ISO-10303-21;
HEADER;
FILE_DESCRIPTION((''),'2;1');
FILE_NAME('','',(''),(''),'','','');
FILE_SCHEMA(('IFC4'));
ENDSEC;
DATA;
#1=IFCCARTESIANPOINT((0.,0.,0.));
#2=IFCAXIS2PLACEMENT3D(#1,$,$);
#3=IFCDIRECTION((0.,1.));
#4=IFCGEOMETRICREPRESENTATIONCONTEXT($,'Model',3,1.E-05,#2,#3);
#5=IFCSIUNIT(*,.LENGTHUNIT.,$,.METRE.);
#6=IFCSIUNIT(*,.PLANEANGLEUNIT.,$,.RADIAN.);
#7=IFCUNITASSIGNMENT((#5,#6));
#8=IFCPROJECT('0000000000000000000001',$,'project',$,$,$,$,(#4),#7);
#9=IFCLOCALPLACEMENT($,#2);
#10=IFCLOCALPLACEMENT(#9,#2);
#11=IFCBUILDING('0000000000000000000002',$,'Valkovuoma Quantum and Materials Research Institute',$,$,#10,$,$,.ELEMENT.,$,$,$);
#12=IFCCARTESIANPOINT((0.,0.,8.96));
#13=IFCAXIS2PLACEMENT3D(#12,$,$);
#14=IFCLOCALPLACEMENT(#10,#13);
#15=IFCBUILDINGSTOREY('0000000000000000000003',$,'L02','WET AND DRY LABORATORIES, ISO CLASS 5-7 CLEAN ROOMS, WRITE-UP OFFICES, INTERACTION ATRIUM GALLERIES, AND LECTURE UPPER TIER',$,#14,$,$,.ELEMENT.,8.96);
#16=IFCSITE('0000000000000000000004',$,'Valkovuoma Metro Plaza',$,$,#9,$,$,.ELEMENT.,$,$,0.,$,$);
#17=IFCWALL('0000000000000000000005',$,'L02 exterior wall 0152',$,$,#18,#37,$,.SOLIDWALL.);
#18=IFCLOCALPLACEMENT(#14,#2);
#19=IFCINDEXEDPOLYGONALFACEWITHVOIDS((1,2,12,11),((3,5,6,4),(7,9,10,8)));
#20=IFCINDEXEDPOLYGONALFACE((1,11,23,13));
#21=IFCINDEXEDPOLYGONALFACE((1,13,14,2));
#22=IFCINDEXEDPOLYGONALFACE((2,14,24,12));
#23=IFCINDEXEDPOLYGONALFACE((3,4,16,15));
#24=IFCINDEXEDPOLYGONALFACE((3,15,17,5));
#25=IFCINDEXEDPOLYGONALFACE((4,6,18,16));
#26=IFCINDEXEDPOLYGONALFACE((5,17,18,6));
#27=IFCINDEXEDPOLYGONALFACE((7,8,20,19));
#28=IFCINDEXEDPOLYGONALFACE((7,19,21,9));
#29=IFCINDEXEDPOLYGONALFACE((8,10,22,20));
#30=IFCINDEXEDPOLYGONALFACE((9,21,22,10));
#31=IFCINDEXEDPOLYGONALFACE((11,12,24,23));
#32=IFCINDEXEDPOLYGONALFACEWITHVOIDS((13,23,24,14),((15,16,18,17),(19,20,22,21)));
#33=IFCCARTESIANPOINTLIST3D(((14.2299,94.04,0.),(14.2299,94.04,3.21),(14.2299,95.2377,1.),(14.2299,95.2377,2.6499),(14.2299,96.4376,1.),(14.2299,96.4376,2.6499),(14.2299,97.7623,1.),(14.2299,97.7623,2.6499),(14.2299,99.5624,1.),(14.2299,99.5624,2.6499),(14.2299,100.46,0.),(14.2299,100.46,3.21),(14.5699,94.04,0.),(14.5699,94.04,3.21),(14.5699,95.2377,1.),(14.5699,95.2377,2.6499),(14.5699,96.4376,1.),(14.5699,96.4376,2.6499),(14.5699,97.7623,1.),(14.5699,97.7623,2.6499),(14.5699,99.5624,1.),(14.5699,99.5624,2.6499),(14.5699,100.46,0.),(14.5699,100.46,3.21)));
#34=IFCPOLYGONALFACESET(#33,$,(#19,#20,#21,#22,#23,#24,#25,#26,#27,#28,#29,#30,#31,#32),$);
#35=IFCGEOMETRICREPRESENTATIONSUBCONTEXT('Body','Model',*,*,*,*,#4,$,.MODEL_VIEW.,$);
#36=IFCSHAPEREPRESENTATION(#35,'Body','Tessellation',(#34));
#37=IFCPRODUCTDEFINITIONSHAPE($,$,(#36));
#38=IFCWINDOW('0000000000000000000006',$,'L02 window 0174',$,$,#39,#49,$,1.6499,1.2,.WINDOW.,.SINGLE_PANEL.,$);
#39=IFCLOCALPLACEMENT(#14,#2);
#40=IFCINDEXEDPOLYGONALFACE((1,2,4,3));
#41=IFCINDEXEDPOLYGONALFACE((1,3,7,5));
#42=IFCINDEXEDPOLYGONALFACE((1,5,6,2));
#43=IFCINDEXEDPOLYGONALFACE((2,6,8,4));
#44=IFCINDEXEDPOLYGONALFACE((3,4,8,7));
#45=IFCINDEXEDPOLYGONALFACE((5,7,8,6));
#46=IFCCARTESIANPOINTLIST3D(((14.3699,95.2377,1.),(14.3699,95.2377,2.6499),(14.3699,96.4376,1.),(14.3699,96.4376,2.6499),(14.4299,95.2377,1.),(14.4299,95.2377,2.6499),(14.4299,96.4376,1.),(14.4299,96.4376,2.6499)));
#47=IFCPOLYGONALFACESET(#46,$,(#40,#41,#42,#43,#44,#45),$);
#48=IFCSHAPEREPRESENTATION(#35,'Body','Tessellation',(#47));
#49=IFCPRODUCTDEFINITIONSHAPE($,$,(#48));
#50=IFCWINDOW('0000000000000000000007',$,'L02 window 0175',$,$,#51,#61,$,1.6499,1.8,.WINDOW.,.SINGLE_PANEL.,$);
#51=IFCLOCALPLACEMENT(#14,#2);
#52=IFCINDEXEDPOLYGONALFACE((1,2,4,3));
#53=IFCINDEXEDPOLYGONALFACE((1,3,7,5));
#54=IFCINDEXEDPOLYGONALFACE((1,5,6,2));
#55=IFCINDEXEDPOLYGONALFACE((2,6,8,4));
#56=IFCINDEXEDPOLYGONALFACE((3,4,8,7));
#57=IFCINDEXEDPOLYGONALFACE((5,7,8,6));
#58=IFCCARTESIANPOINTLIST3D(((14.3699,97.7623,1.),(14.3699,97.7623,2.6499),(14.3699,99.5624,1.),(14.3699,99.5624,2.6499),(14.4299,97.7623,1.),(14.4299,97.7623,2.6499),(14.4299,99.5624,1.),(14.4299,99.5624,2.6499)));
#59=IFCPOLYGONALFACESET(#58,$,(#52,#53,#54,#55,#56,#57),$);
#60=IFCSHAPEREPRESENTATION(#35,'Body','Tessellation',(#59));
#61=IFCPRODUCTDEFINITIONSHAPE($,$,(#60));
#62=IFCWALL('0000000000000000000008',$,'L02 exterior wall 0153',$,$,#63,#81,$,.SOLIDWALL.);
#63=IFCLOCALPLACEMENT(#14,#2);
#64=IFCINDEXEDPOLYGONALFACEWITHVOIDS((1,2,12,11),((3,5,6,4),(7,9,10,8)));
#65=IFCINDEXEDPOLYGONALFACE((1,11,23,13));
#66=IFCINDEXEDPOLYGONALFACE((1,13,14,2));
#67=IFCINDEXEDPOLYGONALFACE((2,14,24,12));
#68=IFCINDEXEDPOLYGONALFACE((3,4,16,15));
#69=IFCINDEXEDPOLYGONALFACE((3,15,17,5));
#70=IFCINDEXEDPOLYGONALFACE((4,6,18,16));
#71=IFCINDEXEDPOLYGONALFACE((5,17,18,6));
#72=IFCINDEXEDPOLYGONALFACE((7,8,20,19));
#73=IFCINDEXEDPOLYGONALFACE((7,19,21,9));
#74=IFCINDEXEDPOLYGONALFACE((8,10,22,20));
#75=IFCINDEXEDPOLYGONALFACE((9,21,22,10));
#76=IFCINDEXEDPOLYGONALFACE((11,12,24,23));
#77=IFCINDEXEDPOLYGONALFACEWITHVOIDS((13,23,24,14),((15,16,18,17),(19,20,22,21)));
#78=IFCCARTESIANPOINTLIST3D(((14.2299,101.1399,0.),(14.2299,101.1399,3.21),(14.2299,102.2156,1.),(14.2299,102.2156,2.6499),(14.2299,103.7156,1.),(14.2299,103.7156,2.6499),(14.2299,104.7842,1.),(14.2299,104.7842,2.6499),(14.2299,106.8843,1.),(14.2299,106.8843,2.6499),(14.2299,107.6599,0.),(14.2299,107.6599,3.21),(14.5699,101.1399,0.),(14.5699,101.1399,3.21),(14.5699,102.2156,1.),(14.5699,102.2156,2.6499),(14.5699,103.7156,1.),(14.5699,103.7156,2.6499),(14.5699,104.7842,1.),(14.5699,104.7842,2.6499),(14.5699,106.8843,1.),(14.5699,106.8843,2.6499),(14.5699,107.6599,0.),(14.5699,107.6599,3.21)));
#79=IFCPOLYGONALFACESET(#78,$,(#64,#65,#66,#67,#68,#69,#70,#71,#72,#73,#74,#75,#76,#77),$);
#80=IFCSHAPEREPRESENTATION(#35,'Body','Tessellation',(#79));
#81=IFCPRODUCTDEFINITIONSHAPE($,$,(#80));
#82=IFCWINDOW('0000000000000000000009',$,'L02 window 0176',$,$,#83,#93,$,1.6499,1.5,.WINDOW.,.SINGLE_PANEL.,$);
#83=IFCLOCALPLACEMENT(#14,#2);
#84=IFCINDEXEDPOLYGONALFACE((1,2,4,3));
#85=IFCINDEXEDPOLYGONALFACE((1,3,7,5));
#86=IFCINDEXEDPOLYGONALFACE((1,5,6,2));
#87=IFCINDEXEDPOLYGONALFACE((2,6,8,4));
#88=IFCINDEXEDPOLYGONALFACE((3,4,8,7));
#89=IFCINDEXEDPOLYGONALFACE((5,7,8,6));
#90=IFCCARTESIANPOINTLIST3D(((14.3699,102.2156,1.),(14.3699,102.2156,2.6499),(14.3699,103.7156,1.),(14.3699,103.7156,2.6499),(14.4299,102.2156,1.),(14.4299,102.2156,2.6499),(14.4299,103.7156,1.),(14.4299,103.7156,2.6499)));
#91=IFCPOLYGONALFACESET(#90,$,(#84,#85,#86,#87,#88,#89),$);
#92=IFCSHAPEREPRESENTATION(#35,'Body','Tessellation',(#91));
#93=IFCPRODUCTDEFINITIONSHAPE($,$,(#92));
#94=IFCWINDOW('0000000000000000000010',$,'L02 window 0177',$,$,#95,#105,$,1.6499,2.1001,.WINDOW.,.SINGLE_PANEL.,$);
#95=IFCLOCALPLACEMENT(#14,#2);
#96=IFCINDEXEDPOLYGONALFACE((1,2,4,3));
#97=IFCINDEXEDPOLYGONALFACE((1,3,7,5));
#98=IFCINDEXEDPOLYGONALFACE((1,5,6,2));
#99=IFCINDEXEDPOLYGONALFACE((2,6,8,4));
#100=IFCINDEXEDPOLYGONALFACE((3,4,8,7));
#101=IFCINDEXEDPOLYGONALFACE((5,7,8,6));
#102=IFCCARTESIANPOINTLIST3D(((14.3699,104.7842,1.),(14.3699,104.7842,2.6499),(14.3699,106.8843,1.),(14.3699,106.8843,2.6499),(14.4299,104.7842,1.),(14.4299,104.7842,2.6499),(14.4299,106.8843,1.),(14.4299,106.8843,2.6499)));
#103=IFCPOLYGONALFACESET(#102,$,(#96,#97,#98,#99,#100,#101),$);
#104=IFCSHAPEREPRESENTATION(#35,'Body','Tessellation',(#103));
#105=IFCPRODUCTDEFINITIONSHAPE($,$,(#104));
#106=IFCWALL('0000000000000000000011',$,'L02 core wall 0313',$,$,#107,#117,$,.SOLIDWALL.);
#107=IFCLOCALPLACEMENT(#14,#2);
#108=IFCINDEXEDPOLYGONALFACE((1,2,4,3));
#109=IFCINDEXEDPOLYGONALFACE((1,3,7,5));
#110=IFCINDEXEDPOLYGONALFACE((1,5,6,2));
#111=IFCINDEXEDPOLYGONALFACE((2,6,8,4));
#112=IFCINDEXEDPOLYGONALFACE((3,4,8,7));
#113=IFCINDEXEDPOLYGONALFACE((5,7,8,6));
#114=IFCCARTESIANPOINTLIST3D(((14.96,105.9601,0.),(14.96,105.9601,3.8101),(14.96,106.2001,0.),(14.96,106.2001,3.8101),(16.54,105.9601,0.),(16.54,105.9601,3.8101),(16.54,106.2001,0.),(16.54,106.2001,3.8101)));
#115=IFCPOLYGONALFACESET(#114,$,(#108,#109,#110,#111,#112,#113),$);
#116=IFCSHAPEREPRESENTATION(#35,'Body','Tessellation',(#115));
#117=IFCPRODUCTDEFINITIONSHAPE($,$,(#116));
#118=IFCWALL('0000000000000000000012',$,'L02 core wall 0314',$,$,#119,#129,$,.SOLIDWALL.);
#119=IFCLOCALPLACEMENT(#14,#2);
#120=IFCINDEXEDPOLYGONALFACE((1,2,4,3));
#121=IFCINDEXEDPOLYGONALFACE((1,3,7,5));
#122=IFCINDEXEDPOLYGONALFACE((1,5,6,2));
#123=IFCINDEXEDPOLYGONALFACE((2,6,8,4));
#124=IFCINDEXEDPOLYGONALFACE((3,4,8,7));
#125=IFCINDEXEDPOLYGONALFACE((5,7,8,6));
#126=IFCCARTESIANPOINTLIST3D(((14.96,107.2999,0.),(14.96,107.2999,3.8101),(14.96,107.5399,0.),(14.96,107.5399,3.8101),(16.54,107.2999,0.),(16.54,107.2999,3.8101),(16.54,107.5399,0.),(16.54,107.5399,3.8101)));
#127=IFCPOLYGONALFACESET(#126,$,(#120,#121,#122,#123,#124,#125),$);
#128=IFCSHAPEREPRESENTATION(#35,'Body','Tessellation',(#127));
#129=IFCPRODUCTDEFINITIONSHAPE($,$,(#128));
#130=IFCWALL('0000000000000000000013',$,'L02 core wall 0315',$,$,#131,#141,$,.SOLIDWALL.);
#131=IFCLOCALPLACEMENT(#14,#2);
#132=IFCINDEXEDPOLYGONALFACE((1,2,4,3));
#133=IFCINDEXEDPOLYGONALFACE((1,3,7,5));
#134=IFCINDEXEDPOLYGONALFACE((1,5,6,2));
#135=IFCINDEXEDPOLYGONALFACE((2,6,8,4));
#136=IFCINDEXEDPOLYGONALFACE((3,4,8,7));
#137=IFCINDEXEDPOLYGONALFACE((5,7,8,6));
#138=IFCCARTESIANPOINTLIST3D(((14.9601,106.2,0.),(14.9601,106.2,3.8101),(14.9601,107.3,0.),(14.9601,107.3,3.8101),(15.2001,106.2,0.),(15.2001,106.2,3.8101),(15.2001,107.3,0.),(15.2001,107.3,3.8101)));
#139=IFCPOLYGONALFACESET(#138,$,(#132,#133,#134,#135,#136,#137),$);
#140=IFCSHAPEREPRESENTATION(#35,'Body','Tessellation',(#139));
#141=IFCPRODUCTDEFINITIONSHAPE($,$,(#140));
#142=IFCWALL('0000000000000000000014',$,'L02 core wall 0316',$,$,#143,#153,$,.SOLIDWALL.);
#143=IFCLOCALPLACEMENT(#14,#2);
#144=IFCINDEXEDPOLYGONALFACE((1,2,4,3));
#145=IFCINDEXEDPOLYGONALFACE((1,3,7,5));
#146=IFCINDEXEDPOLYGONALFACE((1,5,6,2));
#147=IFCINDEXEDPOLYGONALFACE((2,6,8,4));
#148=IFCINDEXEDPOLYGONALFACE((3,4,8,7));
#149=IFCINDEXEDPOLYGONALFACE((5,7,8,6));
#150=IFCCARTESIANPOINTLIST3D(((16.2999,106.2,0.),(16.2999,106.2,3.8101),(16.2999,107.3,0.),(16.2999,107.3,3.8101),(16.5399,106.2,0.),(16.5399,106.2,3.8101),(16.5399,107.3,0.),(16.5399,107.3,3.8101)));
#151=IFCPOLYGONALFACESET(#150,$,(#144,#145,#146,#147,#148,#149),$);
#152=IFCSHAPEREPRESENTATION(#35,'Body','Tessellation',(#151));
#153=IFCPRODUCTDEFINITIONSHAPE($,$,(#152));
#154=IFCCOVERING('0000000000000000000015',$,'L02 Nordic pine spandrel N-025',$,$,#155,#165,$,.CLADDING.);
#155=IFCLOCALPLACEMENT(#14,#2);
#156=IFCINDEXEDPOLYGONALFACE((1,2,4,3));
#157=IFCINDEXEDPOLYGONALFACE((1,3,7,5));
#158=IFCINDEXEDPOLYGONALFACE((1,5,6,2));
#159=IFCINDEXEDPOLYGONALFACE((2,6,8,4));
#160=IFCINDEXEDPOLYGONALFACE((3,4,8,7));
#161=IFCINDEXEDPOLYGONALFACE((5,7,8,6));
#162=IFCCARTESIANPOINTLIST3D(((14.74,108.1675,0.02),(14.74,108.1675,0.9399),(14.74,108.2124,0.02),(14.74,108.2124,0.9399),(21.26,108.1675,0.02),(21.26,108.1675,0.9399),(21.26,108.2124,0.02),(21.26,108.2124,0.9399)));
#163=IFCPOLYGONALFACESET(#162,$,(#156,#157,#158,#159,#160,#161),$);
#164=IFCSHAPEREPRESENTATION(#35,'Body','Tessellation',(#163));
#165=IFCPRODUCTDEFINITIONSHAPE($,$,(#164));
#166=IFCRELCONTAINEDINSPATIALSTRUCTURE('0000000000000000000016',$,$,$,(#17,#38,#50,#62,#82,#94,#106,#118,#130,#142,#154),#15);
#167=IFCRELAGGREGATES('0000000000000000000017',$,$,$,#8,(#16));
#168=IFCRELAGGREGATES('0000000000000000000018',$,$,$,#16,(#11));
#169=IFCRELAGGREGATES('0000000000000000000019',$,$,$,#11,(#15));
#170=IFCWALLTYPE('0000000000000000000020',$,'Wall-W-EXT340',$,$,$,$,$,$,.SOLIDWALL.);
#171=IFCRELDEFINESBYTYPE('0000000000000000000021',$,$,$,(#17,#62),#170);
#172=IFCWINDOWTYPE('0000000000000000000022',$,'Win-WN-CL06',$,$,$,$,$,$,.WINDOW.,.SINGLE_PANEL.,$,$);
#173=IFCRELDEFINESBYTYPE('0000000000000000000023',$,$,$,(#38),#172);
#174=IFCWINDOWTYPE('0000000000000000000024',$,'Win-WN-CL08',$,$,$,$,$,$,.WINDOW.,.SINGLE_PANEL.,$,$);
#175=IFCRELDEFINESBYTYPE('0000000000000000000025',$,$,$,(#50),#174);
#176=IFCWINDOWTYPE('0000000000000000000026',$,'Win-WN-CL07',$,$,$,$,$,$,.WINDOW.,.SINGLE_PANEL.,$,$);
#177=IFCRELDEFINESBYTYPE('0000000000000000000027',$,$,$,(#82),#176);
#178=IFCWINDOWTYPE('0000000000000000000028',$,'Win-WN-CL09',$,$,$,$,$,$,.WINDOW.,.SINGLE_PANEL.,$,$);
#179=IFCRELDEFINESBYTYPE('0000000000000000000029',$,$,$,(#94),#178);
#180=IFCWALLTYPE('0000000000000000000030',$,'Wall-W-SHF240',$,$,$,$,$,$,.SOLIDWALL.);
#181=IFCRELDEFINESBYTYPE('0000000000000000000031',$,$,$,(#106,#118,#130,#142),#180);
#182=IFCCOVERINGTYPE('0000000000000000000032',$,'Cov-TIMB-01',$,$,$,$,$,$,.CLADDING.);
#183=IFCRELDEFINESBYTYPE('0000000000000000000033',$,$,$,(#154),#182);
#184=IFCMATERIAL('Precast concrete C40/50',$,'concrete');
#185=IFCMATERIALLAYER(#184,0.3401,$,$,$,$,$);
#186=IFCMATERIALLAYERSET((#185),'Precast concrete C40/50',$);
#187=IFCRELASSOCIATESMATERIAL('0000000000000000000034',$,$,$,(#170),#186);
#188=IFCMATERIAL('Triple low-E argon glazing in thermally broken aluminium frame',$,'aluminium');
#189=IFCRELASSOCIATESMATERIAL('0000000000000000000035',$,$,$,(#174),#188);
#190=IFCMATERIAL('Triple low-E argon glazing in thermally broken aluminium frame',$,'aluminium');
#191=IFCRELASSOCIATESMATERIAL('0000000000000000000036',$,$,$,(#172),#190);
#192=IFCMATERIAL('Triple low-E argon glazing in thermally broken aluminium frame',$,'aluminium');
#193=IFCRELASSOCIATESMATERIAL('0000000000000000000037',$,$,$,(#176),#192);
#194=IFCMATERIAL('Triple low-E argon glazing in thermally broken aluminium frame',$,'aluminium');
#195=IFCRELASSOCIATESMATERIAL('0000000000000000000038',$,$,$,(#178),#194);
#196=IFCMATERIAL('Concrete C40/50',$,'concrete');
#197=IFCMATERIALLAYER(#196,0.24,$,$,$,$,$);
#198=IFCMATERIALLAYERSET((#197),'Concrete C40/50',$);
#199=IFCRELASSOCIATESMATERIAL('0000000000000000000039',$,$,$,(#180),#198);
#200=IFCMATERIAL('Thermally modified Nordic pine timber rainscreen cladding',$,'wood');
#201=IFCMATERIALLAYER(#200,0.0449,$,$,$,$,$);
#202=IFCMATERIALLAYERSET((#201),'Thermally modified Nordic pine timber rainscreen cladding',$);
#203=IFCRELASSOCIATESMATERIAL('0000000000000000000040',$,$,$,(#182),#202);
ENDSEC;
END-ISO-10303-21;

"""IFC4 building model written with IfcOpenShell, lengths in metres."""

from ifc_helpers import new_model, si_unit, direction, frame, frame_2d, origin, origin_2d, place, context, subcontext, project, spatial, rectangle, extrude, material, layer, layer_set, type_object, element, fill, save


model = new_model("IFC4")

# Units and contexts
model_context = context("Model", 3, precision=1e-05, world=origin(), true_north=direction((0.0, 1.0)))
body_context = subcontext(model_context, "Body", "Model", "MODEL_VIEW")
ifc_project = project(units=[si_unit("LENGTHUNIT", "METRE"), si_unit("PLANEANGLEUNIT", "RADIAN")], contexts=[model_context])

# Site, building, storey
site_placement = place(None, origin())
site = spatial("IfcSite", under=ifc_project, at=site_placement, Name="Valkovuoma Metro Plaza", CompositionType="ELEMENT", RefElevation=0.0)
building_placement = place(site_placement, origin())
building = spatial("IfcBuilding", under=site, at=building_placement, Name="Valkovuoma Quantum and Materials Research Institute", CompositionType="ELEMENT")
storey_placement = place(building_placement, frame((0.0, 0.0, 8.96)))
storey = spatial("IfcBuildingStorey", under=building, at=storey_placement, Name="L02", Description="WET AND DRY LABORATORIES, ISO CLASS 5-7 CLEAN ROOMS, WRITE-UP OFFICES, INTERACTION ATRIUM GALLERIES, AND LECTURE UPPER TIER", CompositionType="ELEMENT", Elevation=8.96)

# Walls, openings, windows
ifc_material_1 = material(Name="Precast concrete C40/50", Category="concrete")
ifc_layer_1 = layer(ifc_material_1, 0.3401)
ifc_layer_set_1 = layer_set([ifc_layer_1], Name="Precast concrete C40/50")
wall_type_1 = type_object("IfcWallType", Name="Wall-W-EXT340", PredefinedType="SOLIDWALL", material=ifc_layer_set_1)
ifc_material_2 = material(Name="Triple low-E argon glazing in thermally broken aluminium frame", Category="aluminium")
window_type_1 = type_object("IfcWindowType", Name="Win-WN-CL08", PartitioningType="SINGLE_PANEL", PredefinedType="WINDOW", material=ifc_material_2)
wall_1_placement = place(storey_placement, frame((14.3999, 94.04, 0.0), z_axis=(0.0, 0.0, 1.0), x_axis=(0.0, 1.0, 0.0)))
wall_1 = element("IfcWall", 1, at=wall_1_placement, inside=storey, type_object=wall_type_1, Name="L02 exterior wall 0152", PredefinedType="SOLIDWALL", context=body_context, shape_type="SweptSolid", body=[
    extrude(rectangle(XDim=6.4199, YDim=0.3401, at=frame_2d((3.21, 0.0))), origin(), (0.0, 0.0, 1.0), 3.21),
])
opening_1_placement = place(wall_1_placement, frame((1.1975, 0.0, 1.0)))
opening_1 = element("IfcOpeningElement", 2, at=opening_1_placement, cuts=wall_1, PredefinedType="OPENING", context=body_context, shape_type="SweptSolid", body=[
    extrude(rectangle(XDim=1.2, YDim=1.6499, at=frame_2d((0.6001, 0.825))), frame((0.0, 0.1802, 0.0), z_axis=(0.0, -1.0, 0.0), x_axis=(1.0, 0.0, 0.0)), (0.0, 0.0, 1.0), 0.3601),
])
opening_2_placement = place(wall_1_placement, frame((3.7224, 0.0, 1.0)))
opening_2 = element("IfcOpeningElement", 3, at=opening_2_placement, cuts=wall_1, PredefinedType="OPENING", context=body_context, shape_type="SweptSolid", body=[
    extrude(rectangle(XDim=1.8, YDim=1.6499, at=frame_2d((0.8999, 0.825))), frame((0.0, 0.1802, 0.0), z_axis=(0.0, -1.0, 0.0), x_axis=(1.0, 0.0, 0.0)), (0.0, 0.0, 1.0), 0.3601),
])
ifc_material_3 = material(Name="Triple low-E argon glazing in thermally broken aluminium frame", Category="aluminium")
window_type_2 = type_object("IfcWindowType", Name="Win-WN-CL06", PartitioningType="SINGLE_PANEL", PredefinedType="WINDOW", material=ifc_material_3)
window_1_placement = place(opening_1_placement, origin())
window_1 = element("IfcWindow", 4, at=window_1_placement, inside=storey, type_object=window_type_2, Name="L02 window 0174", OverallHeight=1.6499, OverallWidth=1.2, PartitioningType="SINGLE_PANEL", PredefinedType="WINDOW", context=body_context, shape_type="SweptSolid", body=[
    extrude(rectangle(XDim=1.2, YDim=1.6499, at=frame_2d((0.6001, 0.825))), frame((0.0, 0.03, 0.0), z_axis=(0.0, -1.0, 0.0), x_axis=(1.0, 0.0, 0.0)), (0.0, 0.0, 1.0), 0.0601),
])
fill(opening_1, window_1)
window_2_placement = place(opening_2_placement, origin())
window_2 = element("IfcWindow", 5, at=window_2_placement, inside=storey, type_object=window_type_1, Name="L02 window 0175", OverallHeight=1.6499, OverallWidth=1.8, PartitioningType="SINGLE_PANEL", PredefinedType="WINDOW", context=body_context, shape_type="SweptSolid", body=[
    extrude(rectangle(XDim=1.8, YDim=1.6499, at=frame_2d((0.8999, 0.825))), frame((0.0, 0.03, 0.0), z_axis=(0.0, -1.0, 0.0), x_axis=(1.0, 0.0, 0.0)), (0.0, 0.0, 1.0), 0.0601),
])
fill(opening_2, window_2)
wall_2_placement = place(storey_placement, frame((14.3999, 101.1399, 0.0), z_axis=(0.0, 0.0, 1.0), x_axis=(0.0, 1.0, 0.0)))
wall_2 = element("IfcWall", 6, at=wall_2_placement, inside=storey, type_object=wall_type_1, Name="L02 exterior wall 0153", PredefinedType="SOLIDWALL", context=body_context, shape_type="SweptSolid", body=[
    extrude(rectangle(XDim=6.52, YDim=0.3401, at=frame_2d((3.26, 0.0))), origin(), (0.0, 0.0, 1.0), 3.21),
])
opening_3_placement = place(wall_2_placement, frame((1.0757, 0.0, 1.0)))
opening_3 = element("IfcOpeningElement", 7, at=opening_3_placement, cuts=wall_2, PredefinedType="OPENING", context=body_context, shape_type="SweptSolid", body=[
    extrude(rectangle(XDim=1.5, YDim=1.6499, at=frame_2d((0.75, 0.825))), frame((0.0, 0.1802, 0.0), z_axis=(0.0, -1.0, 0.0), x_axis=(1.0, 0.0, 0.0)), (0.0, 0.0, 1.0), 0.3601),
])
opening_4_placement = place(wall_2_placement, frame((3.6443, 0.0, 1.0)))
opening_4 = element("IfcOpeningElement", 8, at=opening_4_placement, cuts=wall_2, PredefinedType="OPENING", context=body_context, shape_type="SweptSolid", body=[
    extrude(rectangle(XDim=2.1001, YDim=1.6499, at=frame_2d((1.05, 0.825))), frame((0.0, 0.1802, 0.0), z_axis=(0.0, -1.0, 0.0), x_axis=(1.0, 0.0, 0.0)), (0.0, 0.0, 1.0), 0.3601),
])
ifc_material_4 = material(Name="Triple low-E argon glazing in thermally broken aluminium frame", Category="aluminium")
window_type_3 = type_object("IfcWindowType", Name="Win-WN-CL07", PartitioningType="SINGLE_PANEL", PredefinedType="WINDOW", material=ifc_material_4)
window_3_placement = place(opening_3_placement, origin())
window_3 = element("IfcWindow", 9, at=window_3_placement, inside=storey, type_object=window_type_3, Name="L02 window 0176", OverallHeight=1.6499, OverallWidth=1.5, PartitioningType="SINGLE_PANEL", PredefinedType="WINDOW", context=body_context, shape_type="SweptSolid", body=[
    extrude(rectangle(XDim=1.5, YDim=1.6499, at=frame_2d((0.75, 0.825))), frame((0.0, 0.03, 0.0), z_axis=(0.0, -1.0, 0.0), x_axis=(1.0, 0.0, 0.0)), (0.0, 0.0, 1.0), 0.0601),
])
fill(opening_3, window_3)
ifc_material_5 = material(Name="Triple low-E argon glazing in thermally broken aluminium frame", Category="aluminium")
window_type_4 = type_object("IfcWindowType", Name="Win-WN-CL09", PartitioningType="SINGLE_PANEL", PredefinedType="WINDOW", material=ifc_material_5)
window_4_placement = place(opening_4_placement, origin())
window_4 = element("IfcWindow", 10, at=window_4_placement, inside=storey, type_object=window_type_4, Name="L02 window 0177", OverallHeight=1.6499, OverallWidth=2.1001, PartitioningType="SINGLE_PANEL", PredefinedType="WINDOW", context=body_context, shape_type="SweptSolid", body=[
    extrude(rectangle(XDim=2.1001, YDim=1.6499, at=frame_2d((1.05, 0.825))), frame((0.0, 0.03, 0.0), z_axis=(0.0, -1.0, 0.0), x_axis=(1.0, 0.0, 0.0)), (0.0, 0.0, 1.0), 0.0601),
])
fill(opening_4, window_4)

# Walls
ifc_material_6 = material(Name="Concrete C40/50", Category="concrete")
ifc_layer_2 = layer(ifc_material_6, 0.24)
ifc_layer_set_2 = layer_set([ifc_layer_2], Name="Concrete C40/50")
wall_type_2 = type_object("IfcWallType", Name="Wall-W-SHF240", PredefinedType="SOLIDWALL", material=ifc_layer_set_2)
for number, where, z_axis, x_axis, name in (
    (11, (14.96, 106.0801, 0.0), (0.0, 0.0, 1.0), (1.0, 0.0, 0.0), "L02 core wall 0313"),
    (12, (14.96, 107.4199, 0.0), (0.0, 0.0, 1.0), (1.0, 0.0, 0.0), "L02 core wall 0314"),
):
    element("IfcWall", number, at=place(storey_placement, frame(where, z_axis=z_axis, x_axis=x_axis)), inside=storey, type_object=wall_type_2, Name=name, PredefinedType="SOLIDWALL", context=body_context, shape_type="SweptSolid", body=[
        extrude(rectangle(XDim=1.5801, YDim=0.24, at=frame_2d((0.79, 0.0))), origin(), (0.0, 0.0, 1.0), 3.8101),
    ])
for number, where, z_axis, x_axis, name in (
    (13, (15.0801, 106.2, 0.0), (0.0, 0.0, 1.0), (0.0, 1.0, 0.0), "L02 core wall 0315"),
    (14, (16.4199, 106.2, 0.0), (0.0, 0.0, 1.0), (0.0, 1.0, 0.0), "L02 core wall 0316"),
):
    element("IfcWall", number, at=place(storey_placement, frame(where, z_axis=z_axis, x_axis=x_axis)), inside=storey, type_object=wall_type_2, Name=name, PredefinedType="SOLIDWALL", context=body_context, shape_type="SweptSolid", body=[
        extrude(rectangle(XDim=1.1001, YDim=0.24, at=frame_2d((0.55, 0.0))), origin(), (0.0, 0.0, 1.0), 3.8101),
    ])

# Covering
ifc_material_7 = material(Name="Thermally modified Nordic pine timber rainscreen cladding", Category="wood")
ifc_layer_3 = layer(ifc_material_7, 0.0449)
ifc_layer_set_3 = layer_set([ifc_layer_3], Name="Thermally modified Nordic pine timber rainscreen cladding")
covering_type = type_object("IfcCoveringType", Name="Cov-TIMB-01", PredefinedType="CLADDING", material=ifc_layer_set_3)
covering_placement = place(storey_placement, frame((18.0, 108.1899, 0.02), z_axis=(0.0, 0.0, 1.0), x_axis=(1.0, 0.0, 0.0)))
element("IfcCovering", 15, at=covering_placement, inside=storey, type_object=covering_type, Name="L02 Nordic pine spandrel N-025", PredefinedType="CLADDING", context=body_context, shape_type="SweptSolid", body=[
    extrude(rectangle(XDim=6.52, YDim=0.0449, at=origin_2d()), origin(), (0.0, 0.0, 1.0), 0.9199),
])

save(model, "model.ifc")
